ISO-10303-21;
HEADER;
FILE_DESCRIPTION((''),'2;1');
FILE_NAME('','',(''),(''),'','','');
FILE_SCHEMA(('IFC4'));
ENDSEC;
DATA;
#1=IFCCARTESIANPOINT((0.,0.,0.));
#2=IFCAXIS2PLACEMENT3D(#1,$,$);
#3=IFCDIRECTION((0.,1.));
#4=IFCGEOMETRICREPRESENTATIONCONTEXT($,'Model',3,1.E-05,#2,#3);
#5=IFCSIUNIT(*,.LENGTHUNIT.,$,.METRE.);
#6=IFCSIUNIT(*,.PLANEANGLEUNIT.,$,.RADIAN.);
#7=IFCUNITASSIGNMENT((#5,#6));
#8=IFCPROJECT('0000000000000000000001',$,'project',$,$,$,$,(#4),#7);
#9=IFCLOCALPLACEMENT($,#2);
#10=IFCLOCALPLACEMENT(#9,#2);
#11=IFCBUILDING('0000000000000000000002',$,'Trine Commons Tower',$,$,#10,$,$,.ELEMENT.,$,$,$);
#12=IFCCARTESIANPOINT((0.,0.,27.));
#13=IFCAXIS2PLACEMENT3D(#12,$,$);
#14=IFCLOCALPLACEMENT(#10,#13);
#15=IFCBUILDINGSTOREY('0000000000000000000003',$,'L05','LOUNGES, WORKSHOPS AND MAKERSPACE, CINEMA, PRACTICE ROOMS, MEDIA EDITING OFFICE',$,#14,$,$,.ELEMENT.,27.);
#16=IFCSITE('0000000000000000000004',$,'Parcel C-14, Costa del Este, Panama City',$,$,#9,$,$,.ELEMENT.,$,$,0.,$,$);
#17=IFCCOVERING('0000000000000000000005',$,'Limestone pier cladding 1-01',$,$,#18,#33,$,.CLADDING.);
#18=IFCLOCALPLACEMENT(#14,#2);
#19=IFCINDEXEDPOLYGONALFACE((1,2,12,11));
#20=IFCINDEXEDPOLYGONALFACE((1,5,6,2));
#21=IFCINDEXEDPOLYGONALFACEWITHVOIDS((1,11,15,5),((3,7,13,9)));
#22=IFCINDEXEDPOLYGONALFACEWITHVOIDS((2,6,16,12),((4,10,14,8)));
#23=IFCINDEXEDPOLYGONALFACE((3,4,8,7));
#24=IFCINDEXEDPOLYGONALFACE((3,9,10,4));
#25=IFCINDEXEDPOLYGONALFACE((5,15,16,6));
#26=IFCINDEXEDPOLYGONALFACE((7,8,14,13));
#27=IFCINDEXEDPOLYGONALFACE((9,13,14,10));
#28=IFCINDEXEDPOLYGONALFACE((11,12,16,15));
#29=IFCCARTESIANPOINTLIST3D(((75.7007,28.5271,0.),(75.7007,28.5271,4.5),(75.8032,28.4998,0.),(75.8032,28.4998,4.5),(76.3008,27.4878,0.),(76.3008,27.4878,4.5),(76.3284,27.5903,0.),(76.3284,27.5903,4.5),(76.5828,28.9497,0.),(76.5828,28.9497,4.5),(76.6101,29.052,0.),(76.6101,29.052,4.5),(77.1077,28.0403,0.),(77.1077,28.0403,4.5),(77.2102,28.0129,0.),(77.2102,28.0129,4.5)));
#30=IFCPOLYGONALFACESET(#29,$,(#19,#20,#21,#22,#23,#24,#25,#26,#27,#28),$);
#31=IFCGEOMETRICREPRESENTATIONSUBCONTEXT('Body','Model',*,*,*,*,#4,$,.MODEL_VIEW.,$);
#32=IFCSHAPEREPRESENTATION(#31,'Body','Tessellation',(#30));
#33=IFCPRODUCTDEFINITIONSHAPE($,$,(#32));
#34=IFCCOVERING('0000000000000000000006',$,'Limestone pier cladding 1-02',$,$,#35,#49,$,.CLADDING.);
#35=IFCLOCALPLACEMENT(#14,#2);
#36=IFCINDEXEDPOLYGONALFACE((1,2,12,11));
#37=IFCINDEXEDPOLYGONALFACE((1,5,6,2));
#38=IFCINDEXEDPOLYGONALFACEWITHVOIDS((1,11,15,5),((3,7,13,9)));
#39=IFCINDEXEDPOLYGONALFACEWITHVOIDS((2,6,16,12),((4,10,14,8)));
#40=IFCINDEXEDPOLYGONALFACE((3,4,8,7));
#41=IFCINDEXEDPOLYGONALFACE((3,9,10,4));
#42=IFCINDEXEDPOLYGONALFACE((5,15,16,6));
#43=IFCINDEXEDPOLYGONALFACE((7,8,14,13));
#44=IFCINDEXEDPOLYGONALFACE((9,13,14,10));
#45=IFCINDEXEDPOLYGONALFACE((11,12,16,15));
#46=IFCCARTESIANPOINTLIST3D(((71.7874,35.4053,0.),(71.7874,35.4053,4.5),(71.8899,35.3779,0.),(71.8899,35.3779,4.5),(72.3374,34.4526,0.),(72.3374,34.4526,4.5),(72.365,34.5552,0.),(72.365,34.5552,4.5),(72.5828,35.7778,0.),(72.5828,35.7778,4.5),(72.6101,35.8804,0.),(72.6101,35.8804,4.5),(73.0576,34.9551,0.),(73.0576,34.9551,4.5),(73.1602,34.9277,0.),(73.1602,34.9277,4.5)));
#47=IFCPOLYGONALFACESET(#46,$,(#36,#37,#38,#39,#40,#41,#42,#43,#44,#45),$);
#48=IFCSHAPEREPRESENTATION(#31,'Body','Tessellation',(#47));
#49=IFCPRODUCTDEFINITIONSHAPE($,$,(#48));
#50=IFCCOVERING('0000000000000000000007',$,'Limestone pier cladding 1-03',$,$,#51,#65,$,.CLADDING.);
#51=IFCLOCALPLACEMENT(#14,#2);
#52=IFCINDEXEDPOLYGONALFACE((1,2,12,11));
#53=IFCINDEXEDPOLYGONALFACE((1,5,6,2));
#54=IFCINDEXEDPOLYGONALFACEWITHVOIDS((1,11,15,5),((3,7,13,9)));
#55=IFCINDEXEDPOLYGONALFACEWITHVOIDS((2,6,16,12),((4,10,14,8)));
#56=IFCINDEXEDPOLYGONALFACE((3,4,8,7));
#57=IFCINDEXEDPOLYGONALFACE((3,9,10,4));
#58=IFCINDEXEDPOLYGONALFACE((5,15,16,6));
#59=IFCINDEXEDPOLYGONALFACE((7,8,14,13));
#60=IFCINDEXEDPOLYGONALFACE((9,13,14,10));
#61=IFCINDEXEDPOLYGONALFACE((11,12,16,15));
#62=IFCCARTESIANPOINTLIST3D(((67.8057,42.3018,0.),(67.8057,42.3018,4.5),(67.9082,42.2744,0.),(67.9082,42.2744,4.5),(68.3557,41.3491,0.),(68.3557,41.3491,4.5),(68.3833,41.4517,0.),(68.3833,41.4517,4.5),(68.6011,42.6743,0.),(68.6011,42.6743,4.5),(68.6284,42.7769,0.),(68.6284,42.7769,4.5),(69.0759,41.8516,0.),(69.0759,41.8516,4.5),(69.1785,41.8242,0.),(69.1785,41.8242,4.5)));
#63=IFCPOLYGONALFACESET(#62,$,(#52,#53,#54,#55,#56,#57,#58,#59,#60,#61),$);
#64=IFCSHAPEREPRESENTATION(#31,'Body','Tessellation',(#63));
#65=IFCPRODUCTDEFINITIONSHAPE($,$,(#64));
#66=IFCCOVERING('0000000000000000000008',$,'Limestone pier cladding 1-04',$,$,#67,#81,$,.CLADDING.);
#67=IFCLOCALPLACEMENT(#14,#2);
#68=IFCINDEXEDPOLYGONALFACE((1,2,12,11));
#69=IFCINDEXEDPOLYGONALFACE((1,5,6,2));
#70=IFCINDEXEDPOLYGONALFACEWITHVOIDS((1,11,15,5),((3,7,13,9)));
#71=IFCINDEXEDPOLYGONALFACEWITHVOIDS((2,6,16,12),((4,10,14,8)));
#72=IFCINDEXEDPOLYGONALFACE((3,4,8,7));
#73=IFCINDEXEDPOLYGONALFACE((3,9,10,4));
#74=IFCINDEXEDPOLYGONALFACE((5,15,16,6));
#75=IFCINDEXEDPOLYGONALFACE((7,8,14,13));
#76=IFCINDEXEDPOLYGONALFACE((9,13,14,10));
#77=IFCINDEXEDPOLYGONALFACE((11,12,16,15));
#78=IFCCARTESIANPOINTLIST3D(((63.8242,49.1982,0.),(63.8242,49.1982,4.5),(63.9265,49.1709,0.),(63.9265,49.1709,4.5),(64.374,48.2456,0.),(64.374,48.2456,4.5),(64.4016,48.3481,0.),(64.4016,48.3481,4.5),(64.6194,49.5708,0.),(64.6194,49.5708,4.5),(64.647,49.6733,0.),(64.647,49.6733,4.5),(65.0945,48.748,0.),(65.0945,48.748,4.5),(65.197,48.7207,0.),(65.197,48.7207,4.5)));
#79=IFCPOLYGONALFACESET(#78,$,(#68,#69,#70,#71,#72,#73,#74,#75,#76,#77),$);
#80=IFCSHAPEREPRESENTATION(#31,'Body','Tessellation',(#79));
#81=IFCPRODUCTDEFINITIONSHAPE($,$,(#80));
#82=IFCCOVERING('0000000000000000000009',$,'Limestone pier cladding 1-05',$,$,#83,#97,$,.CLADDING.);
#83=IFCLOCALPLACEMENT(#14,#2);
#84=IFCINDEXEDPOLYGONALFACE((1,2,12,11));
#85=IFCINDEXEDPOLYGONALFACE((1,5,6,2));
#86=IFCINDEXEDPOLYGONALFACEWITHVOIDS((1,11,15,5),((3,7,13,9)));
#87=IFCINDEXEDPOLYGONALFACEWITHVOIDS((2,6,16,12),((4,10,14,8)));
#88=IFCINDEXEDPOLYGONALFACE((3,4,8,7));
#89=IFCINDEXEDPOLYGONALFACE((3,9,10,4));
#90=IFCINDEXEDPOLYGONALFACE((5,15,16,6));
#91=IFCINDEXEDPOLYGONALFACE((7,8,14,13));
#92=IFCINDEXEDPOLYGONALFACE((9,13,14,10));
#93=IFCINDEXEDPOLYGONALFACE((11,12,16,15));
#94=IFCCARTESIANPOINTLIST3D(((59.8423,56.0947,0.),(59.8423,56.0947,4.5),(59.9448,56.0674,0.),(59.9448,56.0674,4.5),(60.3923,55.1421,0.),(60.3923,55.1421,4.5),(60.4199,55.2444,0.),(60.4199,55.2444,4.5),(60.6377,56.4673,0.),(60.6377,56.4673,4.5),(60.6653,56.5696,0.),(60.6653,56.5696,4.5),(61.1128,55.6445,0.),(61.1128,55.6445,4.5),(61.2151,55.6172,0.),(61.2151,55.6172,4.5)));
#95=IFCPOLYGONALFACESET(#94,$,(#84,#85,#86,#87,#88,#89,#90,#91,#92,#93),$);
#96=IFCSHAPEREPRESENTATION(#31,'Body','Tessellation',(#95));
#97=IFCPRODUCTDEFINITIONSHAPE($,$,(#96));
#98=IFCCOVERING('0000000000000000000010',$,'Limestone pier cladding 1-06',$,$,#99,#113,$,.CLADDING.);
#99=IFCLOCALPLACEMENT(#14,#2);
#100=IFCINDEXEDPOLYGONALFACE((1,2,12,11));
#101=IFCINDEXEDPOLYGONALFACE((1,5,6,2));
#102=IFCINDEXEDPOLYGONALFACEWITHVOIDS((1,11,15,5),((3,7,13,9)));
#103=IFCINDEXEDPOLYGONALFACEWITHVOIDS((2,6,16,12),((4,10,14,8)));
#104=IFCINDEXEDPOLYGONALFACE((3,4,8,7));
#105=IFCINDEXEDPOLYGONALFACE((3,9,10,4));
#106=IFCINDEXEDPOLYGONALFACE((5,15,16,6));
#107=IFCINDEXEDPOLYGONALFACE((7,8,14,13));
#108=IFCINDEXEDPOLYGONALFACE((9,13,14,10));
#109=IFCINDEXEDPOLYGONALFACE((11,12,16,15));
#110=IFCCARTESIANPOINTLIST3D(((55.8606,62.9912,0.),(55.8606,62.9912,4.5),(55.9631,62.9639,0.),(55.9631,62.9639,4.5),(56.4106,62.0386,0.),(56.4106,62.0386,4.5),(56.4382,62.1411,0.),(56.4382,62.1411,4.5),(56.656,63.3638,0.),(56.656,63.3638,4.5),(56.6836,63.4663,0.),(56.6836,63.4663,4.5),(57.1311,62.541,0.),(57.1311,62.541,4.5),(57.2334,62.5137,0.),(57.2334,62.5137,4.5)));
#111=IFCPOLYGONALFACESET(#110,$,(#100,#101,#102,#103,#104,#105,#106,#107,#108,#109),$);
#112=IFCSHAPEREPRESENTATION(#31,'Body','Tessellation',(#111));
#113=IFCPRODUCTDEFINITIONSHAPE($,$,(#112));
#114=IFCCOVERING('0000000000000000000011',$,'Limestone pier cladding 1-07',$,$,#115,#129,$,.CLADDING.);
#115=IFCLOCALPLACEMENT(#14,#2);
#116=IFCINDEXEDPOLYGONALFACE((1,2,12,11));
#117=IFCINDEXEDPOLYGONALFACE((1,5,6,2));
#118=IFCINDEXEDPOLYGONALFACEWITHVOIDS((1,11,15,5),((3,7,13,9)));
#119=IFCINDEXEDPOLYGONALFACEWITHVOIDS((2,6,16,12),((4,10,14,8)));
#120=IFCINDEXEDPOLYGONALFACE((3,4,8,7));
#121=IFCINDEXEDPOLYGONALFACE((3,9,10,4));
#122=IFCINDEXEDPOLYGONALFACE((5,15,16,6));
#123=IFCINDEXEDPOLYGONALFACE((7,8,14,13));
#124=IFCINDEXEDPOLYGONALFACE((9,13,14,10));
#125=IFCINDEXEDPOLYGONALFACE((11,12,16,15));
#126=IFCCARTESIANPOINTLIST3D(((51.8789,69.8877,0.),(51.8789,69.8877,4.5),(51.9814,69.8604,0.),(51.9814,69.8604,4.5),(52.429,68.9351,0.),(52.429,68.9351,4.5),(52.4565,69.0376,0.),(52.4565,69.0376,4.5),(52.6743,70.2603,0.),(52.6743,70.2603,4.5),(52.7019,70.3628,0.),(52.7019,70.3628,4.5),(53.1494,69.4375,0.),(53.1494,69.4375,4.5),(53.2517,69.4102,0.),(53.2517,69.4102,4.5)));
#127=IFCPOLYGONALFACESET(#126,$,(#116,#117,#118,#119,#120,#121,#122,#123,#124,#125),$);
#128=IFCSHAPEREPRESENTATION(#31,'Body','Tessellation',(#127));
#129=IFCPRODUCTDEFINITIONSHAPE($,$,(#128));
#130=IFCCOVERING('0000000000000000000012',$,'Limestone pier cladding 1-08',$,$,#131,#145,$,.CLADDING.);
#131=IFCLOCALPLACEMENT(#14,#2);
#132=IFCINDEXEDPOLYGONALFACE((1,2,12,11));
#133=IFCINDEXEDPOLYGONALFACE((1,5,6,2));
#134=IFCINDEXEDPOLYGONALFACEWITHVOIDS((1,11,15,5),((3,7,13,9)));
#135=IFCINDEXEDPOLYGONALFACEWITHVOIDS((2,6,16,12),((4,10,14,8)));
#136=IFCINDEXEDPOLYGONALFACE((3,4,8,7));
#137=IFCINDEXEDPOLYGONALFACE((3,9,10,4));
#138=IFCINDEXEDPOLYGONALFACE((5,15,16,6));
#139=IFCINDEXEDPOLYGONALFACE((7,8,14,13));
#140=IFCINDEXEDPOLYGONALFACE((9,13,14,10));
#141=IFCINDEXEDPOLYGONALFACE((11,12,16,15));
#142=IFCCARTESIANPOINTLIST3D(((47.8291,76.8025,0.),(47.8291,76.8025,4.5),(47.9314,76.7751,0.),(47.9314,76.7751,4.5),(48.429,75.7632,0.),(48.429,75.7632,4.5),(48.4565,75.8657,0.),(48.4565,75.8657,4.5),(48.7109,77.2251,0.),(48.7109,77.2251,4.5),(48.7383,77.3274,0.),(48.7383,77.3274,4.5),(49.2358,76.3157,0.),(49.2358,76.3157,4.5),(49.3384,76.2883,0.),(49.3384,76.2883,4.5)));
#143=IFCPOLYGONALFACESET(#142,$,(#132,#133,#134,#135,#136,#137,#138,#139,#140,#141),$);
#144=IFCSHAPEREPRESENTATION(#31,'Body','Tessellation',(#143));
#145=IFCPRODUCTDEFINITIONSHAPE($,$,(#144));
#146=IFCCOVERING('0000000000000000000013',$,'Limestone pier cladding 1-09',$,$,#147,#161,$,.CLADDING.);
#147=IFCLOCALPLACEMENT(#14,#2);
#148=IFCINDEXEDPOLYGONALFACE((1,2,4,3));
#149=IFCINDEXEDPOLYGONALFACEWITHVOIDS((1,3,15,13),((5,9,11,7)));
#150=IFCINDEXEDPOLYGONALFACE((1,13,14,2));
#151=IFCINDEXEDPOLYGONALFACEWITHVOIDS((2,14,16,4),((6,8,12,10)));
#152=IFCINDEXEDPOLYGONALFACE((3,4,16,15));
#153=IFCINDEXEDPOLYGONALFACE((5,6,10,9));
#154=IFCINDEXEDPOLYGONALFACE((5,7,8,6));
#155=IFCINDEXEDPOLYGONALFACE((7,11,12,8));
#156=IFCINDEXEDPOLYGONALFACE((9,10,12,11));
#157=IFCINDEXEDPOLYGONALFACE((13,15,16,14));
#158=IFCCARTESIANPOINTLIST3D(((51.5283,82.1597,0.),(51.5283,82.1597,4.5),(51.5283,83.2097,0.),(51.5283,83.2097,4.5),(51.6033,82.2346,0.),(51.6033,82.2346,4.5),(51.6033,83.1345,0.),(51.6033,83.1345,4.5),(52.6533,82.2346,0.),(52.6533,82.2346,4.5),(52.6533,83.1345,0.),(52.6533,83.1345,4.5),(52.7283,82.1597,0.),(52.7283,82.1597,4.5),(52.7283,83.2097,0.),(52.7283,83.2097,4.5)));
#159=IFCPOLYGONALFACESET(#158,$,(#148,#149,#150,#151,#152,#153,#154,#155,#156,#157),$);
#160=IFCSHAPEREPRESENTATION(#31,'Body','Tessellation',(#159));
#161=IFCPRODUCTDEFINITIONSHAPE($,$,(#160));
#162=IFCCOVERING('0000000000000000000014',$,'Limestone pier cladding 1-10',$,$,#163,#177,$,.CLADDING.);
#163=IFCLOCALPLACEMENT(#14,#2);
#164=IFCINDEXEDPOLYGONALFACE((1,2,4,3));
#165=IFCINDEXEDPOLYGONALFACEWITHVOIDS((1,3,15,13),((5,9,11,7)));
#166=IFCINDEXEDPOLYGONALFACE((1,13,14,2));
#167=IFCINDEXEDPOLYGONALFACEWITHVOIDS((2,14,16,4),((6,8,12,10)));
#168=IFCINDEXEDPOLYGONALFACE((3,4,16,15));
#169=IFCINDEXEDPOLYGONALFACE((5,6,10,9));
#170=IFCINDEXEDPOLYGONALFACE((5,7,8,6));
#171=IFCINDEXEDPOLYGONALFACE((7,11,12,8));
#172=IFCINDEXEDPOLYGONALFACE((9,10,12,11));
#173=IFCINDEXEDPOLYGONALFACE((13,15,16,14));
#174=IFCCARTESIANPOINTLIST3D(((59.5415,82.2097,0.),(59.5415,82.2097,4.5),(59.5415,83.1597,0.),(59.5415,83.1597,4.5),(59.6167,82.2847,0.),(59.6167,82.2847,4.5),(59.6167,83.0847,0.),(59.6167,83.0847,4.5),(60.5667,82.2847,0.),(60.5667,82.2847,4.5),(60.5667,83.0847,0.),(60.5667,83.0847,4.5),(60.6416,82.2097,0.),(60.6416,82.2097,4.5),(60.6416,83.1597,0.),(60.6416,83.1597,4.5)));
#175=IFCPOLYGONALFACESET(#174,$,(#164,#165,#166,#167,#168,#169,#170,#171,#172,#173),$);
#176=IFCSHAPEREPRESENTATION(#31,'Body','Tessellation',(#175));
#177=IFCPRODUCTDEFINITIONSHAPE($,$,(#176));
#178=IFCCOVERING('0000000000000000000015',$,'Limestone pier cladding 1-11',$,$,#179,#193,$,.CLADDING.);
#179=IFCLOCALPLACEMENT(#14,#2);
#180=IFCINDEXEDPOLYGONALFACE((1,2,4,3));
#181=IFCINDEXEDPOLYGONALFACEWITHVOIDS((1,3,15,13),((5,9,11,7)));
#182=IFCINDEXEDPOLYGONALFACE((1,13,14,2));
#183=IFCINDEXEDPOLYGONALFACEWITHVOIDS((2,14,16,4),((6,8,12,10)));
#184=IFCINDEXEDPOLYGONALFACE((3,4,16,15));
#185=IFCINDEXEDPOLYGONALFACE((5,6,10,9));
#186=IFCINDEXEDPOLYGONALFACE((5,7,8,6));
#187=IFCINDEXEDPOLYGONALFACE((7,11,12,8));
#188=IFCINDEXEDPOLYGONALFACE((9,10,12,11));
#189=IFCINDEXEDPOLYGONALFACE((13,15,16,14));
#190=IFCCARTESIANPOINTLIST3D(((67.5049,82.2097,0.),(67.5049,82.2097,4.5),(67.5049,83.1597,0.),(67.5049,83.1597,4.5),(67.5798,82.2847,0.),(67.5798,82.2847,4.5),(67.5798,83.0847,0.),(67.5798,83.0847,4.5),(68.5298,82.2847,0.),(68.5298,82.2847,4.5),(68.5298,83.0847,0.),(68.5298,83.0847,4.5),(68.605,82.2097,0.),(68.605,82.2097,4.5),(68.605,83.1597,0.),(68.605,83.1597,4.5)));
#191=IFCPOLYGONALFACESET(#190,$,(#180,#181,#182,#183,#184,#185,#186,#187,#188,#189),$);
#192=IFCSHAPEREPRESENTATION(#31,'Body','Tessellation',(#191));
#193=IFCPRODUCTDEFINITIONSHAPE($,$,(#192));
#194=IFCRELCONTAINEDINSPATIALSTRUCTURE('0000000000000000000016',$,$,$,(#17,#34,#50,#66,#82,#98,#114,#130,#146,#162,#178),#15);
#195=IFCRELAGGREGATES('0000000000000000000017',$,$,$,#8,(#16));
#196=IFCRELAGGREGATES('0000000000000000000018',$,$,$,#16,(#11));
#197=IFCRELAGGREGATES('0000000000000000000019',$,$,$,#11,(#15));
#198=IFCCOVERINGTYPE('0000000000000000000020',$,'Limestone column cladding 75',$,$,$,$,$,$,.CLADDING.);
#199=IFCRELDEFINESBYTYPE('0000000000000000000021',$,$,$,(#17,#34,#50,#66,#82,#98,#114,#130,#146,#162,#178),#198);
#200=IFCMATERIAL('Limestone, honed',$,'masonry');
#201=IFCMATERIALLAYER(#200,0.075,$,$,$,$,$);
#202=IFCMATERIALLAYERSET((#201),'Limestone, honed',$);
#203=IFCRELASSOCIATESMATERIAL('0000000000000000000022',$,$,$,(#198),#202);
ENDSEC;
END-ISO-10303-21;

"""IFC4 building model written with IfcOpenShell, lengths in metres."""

from ifc_helpers import new_model, si_unit, direction, frame, origin, place, context, subcontext, project, spatial, polyline, outline, extrude, material, layer, layer_set, type_object, element, save


model = new_model("IFC4")

# Units and contexts
model_context = context("Model", 3, precision=1e-05, world=origin(), true_north=direction((0.0, 1.0)))
body_context = subcontext(model_context, "Body", "Model", "MODEL_VIEW")
ifc_project = project(units=[si_unit("LENGTHUNIT", "METRE"), si_unit("PLANEANGLEUNIT", "RADIAN")], contexts=[model_context])

# Site, building, storey
site_placement = place(None, origin())
site = spatial("IfcSite", under=ifc_project, at=site_placement, Name="Parcel C-14, Costa del Este, Panama City", CompositionType="ELEMENT", RefElevation=0.0)
building_placement = place(site_placement, origin())
building = spatial("IfcBuilding", under=site, at=building_placement, Name="Trine Commons Tower", CompositionType="ELEMENT")
storey_placement = place(building_placement, frame((0.0, 0.0, 27.0)))
storey = spatial("IfcBuildingStorey", under=building, at=storey_placement, Name="L05", Description="LOUNGES, WORKSHOPS AND MAKERSPACE, CINEMA, PRACTICE ROOMS, MEDIA EDITING OFFICE", CompositionType="ELEMENT", Elevation=27.0)

# Coverings
ifc_material_1 = material(Name="Limestone, honed", Category="masonry")
ifc_layer_1 = layer(ifc_material_1, 0.075)
ifc_layer_set_1 = layer_set([ifc_layer_1], Name="Limestone, honed")
covering_type = type_object("IfcCoveringType", Name="Limestone column cladding 75", PredefinedType="CLADDING", material=ifc_layer_set_1)
covering_1_placement = place(storey_placement, origin())
element("IfcCovering", 1, at=covering_1_placement, inside=storey, type_object=covering_type, Name="Limestone pier cladding 1-01", PredefinedType="CLADDING", context=body_context, shape_type="SweptSolid", body=[
    extrude(outline(polyline([(76.6101, 29.052), (75.7007, 28.5271), (76.3008, 27.4878), (77.2102, 28.0129), (76.6101, 29.052)]), holes=[polyline([(76.5828, 28.9497), (75.8032, 28.4998), (76.3284, 27.5903), (77.1077, 28.0403), (76.5828, 28.9497)])]), origin(), (0.0, 0.0, 1.0), 4.5),
])
covering_2_placement = place(storey_placement, origin())
element("IfcCovering", 2, at=covering_2_placement, inside=storey, type_object=covering_type, Name="Limestone pier cladding 1-02", PredefinedType="CLADDING", context=body_context, shape_type="SweptSolid", body=[
    extrude(outline(polyline([(72.6101, 35.8804), (71.7874, 35.4053), (72.3374, 34.4526), (73.1602, 34.9277), (72.6101, 35.8804)]), holes=[polyline([(72.5828, 35.7778), (71.8899, 35.3779), (72.365, 34.5552), (73.0576, 34.9551), (72.5828, 35.7778)])]), origin(), (0.0, 0.0, 1.0), 4.5),
])
covering_3_placement = place(storey_placement, origin())
element("IfcCovering", 3, at=covering_3_placement, inside=storey, type_object=covering_type, Name="Limestone pier cladding 1-03", PredefinedType="CLADDING", context=body_context, shape_type="SweptSolid", body=[
    extrude(outline(polyline([(68.6284, 42.7769), (67.8057, 42.3018), (68.3557, 41.3491), (69.1785, 41.8242), (68.6284, 42.7769)]), holes=[polyline([(68.6011, 42.6743), (67.9082, 42.2744), (68.3833, 41.4517), (69.0759, 41.8516), (68.6011, 42.6743)])]), origin(), (0.0, 0.0, 1.0), 4.5),
])
covering_4_placement = place(storey_placement, origin())
element("IfcCovering", 4, at=covering_4_placement, inside=storey, type_object=covering_type, Name="Limestone pier cladding 1-04", PredefinedType="CLADDING", context=body_context, shape_type="SweptSolid", body=[
    extrude(outline(polyline([(64.647, 49.6733), (63.8242, 49.1982), (64.374, 48.2456), (65.197, 48.7207), (64.647, 49.6733)]), holes=[polyline([(64.6194, 49.5708), (63.9265, 49.1709), (64.4016, 48.3481), (65.0945, 48.748), (64.6194, 49.5708)])]), origin(), (0.0, 0.0, 1.0), 4.5),
])
covering_5_placement = place(storey_placement, origin())
element("IfcCovering", 5, at=covering_5_placement, inside=storey, type_object=covering_type, Name="Limestone pier cladding 1-05", PredefinedType="CLADDING", context=body_context, shape_type="SweptSolid", body=[
    extrude(outline(polyline([(60.6653, 56.5696), (59.8423, 56.0947), (60.3923, 55.1421), (61.2151, 55.6172), (60.6653, 56.5696)]), holes=[polyline([(60.6377, 56.4673), (59.9448, 56.0674), (60.4199, 55.2444), (61.1128, 55.6445), (60.6377, 56.4673)])]), origin(), (0.0, 0.0, 1.0), 4.5),
])
covering_6_placement = place(storey_placement, origin())
element("IfcCovering", 6, at=covering_6_placement, inside=storey, type_object=covering_type, Name="Limestone pier cladding 1-06", PredefinedType="CLADDING", context=body_context, shape_type="SweptSolid", body=[
    extrude(outline(polyline([(56.6836, 63.4663), (55.8606, 62.9912), (56.4106, 62.0386), (57.2334, 62.5137), (56.6836, 63.4663)]), holes=[polyline([(56.656, 63.3638), (55.9631, 62.9639), (56.4382, 62.1411), (57.1311, 62.541), (56.656, 63.3638)])]), origin(), (0.0, 0.0, 1.0), 4.5),
])
covering_7_placement = place(storey_placement, origin())
element("IfcCovering", 7, at=covering_7_placement, inside=storey, type_object=covering_type, Name="Limestone pier cladding 1-07", PredefinedType="CLADDING", context=body_context, shape_type="SweptSolid", body=[
    extrude(outline(polyline([(52.7019, 70.3628), (51.8789, 69.8877), (52.429, 68.9351), (53.2517, 69.4102), (52.7019, 70.3628)]), holes=[polyline([(52.6743, 70.2603), (51.9814, 69.8604), (52.4565, 69.0376), (53.1494, 69.4375), (52.6743, 70.2603)])]), origin(), (0.0, 0.0, 1.0), 4.5),
])
covering_8_placement = place(storey_placement, origin())
element("IfcCovering", 8, at=covering_8_placement, inside=storey, type_object=covering_type, Name="Limestone pier cladding 1-08", PredefinedType="CLADDING", context=body_context, shape_type="SweptSolid", body=[
    extrude(outline(polyline([(48.7383, 77.3274), (47.8291, 76.8025), (48.429, 75.7632), (49.3384, 76.2883), (48.7383, 77.3274)]), holes=[polyline([(48.7109, 77.2251), (47.9314, 76.7751), (48.4565, 75.8657), (49.2358, 76.3157), (48.7109, 77.2251)])]), origin(), (0.0, 0.0, 1.0), 4.5),
])
covering_9_placement = place(storey_placement, origin())
element("IfcCovering", 9, at=covering_9_placement, inside=storey, type_object=covering_type, Name="Limestone pier cladding 1-09", PredefinedType="CLADDING", context=body_context, shape_type="SweptSolid", body=[
    extrude(outline(polyline([(52.7283, 82.1597), (52.7283, 83.2097), (51.5283, 83.2097), (51.5283, 82.1597), (52.7283, 82.1597)]), holes=[polyline([(52.6533, 82.2346), (52.6533, 83.1345), (51.6033, 83.1345), (51.6033, 82.2346), (52.6533, 82.2346)])]), origin(), (0.0, 0.0, 1.0), 4.5),
])
covering_10_placement = place(storey_placement, origin())
element("IfcCovering", 10, at=covering_10_placement, inside=storey, type_object=covering_type, Name="Limestone pier cladding 1-10", PredefinedType="CLADDING", context=body_context, shape_type="SweptSolid", body=[
    extrude(outline(polyline([(60.6416, 82.2097), (60.6416, 83.1597), (59.5415, 83.1597), (59.5415, 82.2097), (60.6416, 82.2097)]), holes=[polyline([(60.5667, 82.2847), (60.5667, 83.0847), (59.6167, 83.0847), (59.6167, 82.2847), (60.5667, 82.2847)])]), origin(), (0.0, 0.0, 1.0), 4.5),
])
covering_11_placement = place(storey_placement, origin())
element("IfcCovering", 11, at=covering_11_placement, inside=storey, type_object=covering_type, Name="Limestone pier cladding 1-11", PredefinedType="CLADDING", context=body_context, shape_type="SweptSolid", body=[
    extrude(outline(polyline([(68.605, 82.2097), (68.605, 83.1597), (67.5049, 83.1597), (67.5049, 82.2097), (68.605, 82.2097)]), holes=[polyline([(68.5298, 82.2847), (68.5298, 83.0847), (67.5798, 83.0847), (67.5798, 82.2847), (68.5298, 82.2847)])]), origin(), (0.0, 0.0, 1.0), 4.5),
])

save(model, "model.ifc")
